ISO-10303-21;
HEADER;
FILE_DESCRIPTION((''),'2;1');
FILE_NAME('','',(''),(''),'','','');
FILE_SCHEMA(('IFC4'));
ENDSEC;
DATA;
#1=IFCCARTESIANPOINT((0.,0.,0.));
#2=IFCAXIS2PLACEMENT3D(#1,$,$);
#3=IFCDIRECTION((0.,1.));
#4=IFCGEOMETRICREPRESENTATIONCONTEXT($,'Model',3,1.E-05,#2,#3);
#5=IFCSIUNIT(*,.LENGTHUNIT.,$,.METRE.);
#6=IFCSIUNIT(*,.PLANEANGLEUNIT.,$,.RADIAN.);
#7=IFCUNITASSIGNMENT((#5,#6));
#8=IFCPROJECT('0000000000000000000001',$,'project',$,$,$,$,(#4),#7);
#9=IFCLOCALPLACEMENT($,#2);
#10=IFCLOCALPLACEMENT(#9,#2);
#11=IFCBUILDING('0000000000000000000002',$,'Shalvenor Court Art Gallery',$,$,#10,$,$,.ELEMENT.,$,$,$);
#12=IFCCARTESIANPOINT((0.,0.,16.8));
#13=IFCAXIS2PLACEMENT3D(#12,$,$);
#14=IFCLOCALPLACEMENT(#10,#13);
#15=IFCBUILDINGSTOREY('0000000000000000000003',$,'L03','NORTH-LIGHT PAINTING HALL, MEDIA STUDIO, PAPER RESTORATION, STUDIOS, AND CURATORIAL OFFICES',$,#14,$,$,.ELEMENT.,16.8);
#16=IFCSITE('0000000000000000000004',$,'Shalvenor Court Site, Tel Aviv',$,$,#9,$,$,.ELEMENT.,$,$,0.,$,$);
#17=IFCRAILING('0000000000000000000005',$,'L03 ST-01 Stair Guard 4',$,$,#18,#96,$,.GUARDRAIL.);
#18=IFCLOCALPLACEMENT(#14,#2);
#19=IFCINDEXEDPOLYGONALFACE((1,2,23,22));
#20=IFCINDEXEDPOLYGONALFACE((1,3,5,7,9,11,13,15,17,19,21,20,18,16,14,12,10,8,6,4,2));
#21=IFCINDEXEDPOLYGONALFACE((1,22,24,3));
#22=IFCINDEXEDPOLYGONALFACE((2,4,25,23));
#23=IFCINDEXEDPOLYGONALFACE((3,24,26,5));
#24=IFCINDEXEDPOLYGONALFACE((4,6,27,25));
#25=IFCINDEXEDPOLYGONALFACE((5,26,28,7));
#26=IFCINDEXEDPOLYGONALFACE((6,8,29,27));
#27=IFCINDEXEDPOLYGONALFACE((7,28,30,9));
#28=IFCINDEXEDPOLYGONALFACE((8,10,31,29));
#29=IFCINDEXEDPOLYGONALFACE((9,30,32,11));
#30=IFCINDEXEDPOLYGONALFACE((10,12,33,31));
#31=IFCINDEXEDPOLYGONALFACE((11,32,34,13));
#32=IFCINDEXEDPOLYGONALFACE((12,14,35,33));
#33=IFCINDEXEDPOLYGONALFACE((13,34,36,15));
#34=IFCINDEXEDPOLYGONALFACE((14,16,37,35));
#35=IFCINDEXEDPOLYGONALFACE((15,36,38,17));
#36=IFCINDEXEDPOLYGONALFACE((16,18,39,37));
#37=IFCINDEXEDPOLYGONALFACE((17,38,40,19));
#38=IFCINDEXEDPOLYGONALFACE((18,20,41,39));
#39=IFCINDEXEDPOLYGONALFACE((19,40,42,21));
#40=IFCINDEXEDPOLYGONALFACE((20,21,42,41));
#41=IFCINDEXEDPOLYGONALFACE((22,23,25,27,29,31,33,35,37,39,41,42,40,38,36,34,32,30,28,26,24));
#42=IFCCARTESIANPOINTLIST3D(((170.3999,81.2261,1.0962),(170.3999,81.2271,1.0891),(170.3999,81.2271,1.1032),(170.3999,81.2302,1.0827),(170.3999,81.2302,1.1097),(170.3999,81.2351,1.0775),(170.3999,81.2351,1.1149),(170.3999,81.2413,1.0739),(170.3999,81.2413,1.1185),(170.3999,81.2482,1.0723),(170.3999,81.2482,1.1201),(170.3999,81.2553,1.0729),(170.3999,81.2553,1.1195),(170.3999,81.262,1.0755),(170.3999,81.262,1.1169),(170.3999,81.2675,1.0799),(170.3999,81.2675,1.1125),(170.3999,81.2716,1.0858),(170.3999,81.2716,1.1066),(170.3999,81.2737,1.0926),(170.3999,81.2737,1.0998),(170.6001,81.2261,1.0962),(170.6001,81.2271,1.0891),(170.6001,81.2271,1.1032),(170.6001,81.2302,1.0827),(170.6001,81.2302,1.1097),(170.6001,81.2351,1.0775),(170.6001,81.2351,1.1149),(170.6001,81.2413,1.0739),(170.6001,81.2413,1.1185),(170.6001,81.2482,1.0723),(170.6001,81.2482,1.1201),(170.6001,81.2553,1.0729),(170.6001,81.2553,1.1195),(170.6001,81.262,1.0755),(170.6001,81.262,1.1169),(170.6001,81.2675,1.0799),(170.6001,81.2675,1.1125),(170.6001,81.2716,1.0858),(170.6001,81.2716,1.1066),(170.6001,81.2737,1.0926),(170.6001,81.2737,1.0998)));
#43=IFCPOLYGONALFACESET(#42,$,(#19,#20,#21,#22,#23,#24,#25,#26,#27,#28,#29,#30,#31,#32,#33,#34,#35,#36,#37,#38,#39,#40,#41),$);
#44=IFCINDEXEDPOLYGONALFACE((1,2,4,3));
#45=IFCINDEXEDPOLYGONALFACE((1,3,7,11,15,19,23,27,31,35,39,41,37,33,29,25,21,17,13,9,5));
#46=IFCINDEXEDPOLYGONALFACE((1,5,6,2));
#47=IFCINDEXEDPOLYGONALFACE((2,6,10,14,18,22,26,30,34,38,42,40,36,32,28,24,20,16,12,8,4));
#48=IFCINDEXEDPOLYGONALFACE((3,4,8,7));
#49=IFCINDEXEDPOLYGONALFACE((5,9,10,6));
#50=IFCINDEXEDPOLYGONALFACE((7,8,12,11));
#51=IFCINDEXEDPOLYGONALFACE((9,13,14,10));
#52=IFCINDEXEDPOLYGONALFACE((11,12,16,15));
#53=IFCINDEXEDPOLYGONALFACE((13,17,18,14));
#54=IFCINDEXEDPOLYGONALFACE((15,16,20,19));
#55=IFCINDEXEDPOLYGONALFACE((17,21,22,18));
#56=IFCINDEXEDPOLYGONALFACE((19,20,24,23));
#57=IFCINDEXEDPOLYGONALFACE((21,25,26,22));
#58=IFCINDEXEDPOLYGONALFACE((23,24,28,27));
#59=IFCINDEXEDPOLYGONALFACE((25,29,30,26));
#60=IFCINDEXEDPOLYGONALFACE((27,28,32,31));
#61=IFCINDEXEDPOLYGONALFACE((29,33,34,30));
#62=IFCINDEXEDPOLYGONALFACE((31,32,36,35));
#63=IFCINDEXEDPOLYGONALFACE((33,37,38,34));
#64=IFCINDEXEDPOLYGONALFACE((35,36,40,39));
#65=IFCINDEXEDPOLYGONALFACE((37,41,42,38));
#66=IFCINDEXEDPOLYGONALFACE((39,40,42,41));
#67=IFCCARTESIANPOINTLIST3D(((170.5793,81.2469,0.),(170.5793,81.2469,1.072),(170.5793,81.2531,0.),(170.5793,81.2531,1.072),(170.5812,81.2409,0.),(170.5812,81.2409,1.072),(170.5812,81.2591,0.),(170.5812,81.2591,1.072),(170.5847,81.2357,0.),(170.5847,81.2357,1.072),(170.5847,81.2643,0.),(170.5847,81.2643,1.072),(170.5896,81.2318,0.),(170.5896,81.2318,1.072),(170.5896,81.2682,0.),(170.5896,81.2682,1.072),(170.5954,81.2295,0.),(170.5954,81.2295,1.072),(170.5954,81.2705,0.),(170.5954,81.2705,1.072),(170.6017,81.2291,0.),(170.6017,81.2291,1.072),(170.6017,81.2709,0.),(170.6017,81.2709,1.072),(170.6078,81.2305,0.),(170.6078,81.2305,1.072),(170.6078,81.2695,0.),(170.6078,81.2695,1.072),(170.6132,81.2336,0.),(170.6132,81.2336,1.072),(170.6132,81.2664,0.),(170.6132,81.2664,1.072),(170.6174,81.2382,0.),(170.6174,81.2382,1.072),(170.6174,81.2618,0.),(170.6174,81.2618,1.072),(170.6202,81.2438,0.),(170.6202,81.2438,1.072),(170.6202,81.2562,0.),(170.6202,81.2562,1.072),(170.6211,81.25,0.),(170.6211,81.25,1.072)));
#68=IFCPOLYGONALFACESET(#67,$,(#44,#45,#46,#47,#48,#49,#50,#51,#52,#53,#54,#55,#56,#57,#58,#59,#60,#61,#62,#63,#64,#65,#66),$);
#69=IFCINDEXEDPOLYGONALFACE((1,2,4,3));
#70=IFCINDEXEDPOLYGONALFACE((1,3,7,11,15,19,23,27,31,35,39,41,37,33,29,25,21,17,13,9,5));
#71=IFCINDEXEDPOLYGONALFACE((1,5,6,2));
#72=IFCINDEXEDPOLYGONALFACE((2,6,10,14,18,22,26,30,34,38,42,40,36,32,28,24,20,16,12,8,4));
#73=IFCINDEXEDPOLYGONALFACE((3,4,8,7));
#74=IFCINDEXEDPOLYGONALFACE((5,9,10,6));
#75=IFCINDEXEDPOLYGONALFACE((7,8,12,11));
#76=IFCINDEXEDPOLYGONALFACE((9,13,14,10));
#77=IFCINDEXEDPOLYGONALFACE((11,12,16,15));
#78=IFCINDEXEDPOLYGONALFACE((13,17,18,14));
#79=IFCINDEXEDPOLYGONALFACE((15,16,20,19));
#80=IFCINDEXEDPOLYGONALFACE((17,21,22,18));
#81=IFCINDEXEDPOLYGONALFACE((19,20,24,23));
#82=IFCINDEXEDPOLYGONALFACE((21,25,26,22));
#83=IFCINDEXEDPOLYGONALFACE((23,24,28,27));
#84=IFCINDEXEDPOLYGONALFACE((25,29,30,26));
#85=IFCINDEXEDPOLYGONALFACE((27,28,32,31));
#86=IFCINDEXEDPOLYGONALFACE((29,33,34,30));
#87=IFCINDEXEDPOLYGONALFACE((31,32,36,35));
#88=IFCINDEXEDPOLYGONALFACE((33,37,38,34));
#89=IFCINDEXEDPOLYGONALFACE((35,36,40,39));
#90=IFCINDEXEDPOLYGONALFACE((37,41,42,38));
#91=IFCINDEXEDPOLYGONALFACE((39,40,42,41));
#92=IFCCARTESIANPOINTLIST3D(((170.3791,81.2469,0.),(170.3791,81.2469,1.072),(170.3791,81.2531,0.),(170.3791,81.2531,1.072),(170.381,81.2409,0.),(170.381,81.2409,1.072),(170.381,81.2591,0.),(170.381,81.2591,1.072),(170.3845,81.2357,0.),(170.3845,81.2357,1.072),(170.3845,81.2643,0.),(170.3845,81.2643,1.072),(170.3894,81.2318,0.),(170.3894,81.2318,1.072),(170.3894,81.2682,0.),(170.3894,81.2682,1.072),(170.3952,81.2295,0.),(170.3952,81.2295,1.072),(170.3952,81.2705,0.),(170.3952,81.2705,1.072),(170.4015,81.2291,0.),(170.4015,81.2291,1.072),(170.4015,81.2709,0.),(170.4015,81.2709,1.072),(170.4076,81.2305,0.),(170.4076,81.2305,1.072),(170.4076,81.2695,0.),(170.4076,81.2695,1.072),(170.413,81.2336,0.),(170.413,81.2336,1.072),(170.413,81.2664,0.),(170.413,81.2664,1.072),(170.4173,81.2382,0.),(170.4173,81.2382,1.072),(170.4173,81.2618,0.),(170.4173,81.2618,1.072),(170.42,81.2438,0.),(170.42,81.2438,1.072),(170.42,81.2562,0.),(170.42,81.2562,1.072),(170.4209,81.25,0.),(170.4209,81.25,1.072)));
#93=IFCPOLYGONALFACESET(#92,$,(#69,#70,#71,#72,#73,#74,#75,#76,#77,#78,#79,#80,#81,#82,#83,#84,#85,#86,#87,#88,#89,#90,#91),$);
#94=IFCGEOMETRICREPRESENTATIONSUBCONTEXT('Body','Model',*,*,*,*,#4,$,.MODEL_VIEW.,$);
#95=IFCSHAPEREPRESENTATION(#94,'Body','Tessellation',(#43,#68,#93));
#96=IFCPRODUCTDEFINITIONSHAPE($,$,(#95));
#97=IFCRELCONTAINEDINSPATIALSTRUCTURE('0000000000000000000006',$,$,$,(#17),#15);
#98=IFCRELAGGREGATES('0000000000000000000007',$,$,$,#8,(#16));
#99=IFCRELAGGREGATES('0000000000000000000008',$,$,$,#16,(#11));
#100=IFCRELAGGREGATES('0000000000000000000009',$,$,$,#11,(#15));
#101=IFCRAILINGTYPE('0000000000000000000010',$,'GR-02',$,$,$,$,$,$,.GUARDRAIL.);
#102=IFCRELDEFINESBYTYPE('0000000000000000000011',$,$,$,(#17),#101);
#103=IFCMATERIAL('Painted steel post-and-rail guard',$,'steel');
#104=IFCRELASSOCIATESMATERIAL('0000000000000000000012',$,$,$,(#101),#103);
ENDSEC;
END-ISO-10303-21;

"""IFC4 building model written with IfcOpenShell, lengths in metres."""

from ifc_helpers import new_model, si_unit, direction, frame, origin, origin_2d, place, context, subcontext, project, spatial, circle, extrude, material, type_object, element, save


model = new_model("IFC4")

# Units and contexts
model_context = context("Model", 3, precision=1e-05, world=origin(), true_north=direction((0.0, 1.0)))
body_context = subcontext(model_context, "Body", "Model", "MODEL_VIEW")
ifc_project = project(units=[si_unit("LENGTHUNIT", "METRE"), si_unit("PLANEANGLEUNIT", "RADIAN")], contexts=[model_context])

# Site, building, storey
site_placement = place(None, origin())
site = spatial("IfcSite", under=ifc_project, at=site_placement, Name="Shalvenor Court Site, Tel Aviv", CompositionType="ELEMENT", RefElevation=0.0)
building_placement = place(site_placement, origin())
building = spatial("IfcBuilding", under=site, at=building_placement, Name="Shalvenor Court Art Gallery", CompositionType="ELEMENT")
storey_placement = place(building_placement, frame((0.0, 0.0, 16.8)))
storey = spatial("IfcBuildingStorey", under=building, at=storey_placement, Name="L03", Description="NORTH-LIGHT PAINTING HALL, MEDIA STUDIO, PAPER RESTORATION, STUDIOS, AND CURATORIAL OFFICES", CompositionType="ELEMENT", Elevation=16.8)

# Railing
ifc_material_1 = material(Name="Painted steel post-and-rail guard", Category="steel")
railing_type_1 = type_object("IfcRailingType", Name="GR-02", PredefinedType="GUARDRAIL", material=ifc_material_1)
railing_1_placement = place(storey_placement, frame((170.6001, 81.25, 0.0)))
element("IfcRailing", 1, at=railing_1_placement, inside=storey, type_object=railing_type_1, Name="L03 ST-01 Stair Guard 4", PredefinedType="GUARDRAIL", context=body_context, shape_type="SweptSolid", body=[
    extrude(circle(Radius=0.0239, at=origin_2d()), frame((0.0, 0.0, 1.0962), z_axis=(-1.0, 0.0, 0.0), x_axis=(0.0, -1.0, 0.0)), (0.0, 0.0, 1.0), 0.2002),
    extrude(circle(Radius=0.021, at=origin_2d()), origin(), (0.0, 0.0, 1.0), 1.072),
    extrude(circle(Radius=0.021, at=origin_2d()), frame((-0.2002, 0.0, 0.0)), (0.0, 0.0, 1.0), 1.072),
])

save(model, "model.ifc")
